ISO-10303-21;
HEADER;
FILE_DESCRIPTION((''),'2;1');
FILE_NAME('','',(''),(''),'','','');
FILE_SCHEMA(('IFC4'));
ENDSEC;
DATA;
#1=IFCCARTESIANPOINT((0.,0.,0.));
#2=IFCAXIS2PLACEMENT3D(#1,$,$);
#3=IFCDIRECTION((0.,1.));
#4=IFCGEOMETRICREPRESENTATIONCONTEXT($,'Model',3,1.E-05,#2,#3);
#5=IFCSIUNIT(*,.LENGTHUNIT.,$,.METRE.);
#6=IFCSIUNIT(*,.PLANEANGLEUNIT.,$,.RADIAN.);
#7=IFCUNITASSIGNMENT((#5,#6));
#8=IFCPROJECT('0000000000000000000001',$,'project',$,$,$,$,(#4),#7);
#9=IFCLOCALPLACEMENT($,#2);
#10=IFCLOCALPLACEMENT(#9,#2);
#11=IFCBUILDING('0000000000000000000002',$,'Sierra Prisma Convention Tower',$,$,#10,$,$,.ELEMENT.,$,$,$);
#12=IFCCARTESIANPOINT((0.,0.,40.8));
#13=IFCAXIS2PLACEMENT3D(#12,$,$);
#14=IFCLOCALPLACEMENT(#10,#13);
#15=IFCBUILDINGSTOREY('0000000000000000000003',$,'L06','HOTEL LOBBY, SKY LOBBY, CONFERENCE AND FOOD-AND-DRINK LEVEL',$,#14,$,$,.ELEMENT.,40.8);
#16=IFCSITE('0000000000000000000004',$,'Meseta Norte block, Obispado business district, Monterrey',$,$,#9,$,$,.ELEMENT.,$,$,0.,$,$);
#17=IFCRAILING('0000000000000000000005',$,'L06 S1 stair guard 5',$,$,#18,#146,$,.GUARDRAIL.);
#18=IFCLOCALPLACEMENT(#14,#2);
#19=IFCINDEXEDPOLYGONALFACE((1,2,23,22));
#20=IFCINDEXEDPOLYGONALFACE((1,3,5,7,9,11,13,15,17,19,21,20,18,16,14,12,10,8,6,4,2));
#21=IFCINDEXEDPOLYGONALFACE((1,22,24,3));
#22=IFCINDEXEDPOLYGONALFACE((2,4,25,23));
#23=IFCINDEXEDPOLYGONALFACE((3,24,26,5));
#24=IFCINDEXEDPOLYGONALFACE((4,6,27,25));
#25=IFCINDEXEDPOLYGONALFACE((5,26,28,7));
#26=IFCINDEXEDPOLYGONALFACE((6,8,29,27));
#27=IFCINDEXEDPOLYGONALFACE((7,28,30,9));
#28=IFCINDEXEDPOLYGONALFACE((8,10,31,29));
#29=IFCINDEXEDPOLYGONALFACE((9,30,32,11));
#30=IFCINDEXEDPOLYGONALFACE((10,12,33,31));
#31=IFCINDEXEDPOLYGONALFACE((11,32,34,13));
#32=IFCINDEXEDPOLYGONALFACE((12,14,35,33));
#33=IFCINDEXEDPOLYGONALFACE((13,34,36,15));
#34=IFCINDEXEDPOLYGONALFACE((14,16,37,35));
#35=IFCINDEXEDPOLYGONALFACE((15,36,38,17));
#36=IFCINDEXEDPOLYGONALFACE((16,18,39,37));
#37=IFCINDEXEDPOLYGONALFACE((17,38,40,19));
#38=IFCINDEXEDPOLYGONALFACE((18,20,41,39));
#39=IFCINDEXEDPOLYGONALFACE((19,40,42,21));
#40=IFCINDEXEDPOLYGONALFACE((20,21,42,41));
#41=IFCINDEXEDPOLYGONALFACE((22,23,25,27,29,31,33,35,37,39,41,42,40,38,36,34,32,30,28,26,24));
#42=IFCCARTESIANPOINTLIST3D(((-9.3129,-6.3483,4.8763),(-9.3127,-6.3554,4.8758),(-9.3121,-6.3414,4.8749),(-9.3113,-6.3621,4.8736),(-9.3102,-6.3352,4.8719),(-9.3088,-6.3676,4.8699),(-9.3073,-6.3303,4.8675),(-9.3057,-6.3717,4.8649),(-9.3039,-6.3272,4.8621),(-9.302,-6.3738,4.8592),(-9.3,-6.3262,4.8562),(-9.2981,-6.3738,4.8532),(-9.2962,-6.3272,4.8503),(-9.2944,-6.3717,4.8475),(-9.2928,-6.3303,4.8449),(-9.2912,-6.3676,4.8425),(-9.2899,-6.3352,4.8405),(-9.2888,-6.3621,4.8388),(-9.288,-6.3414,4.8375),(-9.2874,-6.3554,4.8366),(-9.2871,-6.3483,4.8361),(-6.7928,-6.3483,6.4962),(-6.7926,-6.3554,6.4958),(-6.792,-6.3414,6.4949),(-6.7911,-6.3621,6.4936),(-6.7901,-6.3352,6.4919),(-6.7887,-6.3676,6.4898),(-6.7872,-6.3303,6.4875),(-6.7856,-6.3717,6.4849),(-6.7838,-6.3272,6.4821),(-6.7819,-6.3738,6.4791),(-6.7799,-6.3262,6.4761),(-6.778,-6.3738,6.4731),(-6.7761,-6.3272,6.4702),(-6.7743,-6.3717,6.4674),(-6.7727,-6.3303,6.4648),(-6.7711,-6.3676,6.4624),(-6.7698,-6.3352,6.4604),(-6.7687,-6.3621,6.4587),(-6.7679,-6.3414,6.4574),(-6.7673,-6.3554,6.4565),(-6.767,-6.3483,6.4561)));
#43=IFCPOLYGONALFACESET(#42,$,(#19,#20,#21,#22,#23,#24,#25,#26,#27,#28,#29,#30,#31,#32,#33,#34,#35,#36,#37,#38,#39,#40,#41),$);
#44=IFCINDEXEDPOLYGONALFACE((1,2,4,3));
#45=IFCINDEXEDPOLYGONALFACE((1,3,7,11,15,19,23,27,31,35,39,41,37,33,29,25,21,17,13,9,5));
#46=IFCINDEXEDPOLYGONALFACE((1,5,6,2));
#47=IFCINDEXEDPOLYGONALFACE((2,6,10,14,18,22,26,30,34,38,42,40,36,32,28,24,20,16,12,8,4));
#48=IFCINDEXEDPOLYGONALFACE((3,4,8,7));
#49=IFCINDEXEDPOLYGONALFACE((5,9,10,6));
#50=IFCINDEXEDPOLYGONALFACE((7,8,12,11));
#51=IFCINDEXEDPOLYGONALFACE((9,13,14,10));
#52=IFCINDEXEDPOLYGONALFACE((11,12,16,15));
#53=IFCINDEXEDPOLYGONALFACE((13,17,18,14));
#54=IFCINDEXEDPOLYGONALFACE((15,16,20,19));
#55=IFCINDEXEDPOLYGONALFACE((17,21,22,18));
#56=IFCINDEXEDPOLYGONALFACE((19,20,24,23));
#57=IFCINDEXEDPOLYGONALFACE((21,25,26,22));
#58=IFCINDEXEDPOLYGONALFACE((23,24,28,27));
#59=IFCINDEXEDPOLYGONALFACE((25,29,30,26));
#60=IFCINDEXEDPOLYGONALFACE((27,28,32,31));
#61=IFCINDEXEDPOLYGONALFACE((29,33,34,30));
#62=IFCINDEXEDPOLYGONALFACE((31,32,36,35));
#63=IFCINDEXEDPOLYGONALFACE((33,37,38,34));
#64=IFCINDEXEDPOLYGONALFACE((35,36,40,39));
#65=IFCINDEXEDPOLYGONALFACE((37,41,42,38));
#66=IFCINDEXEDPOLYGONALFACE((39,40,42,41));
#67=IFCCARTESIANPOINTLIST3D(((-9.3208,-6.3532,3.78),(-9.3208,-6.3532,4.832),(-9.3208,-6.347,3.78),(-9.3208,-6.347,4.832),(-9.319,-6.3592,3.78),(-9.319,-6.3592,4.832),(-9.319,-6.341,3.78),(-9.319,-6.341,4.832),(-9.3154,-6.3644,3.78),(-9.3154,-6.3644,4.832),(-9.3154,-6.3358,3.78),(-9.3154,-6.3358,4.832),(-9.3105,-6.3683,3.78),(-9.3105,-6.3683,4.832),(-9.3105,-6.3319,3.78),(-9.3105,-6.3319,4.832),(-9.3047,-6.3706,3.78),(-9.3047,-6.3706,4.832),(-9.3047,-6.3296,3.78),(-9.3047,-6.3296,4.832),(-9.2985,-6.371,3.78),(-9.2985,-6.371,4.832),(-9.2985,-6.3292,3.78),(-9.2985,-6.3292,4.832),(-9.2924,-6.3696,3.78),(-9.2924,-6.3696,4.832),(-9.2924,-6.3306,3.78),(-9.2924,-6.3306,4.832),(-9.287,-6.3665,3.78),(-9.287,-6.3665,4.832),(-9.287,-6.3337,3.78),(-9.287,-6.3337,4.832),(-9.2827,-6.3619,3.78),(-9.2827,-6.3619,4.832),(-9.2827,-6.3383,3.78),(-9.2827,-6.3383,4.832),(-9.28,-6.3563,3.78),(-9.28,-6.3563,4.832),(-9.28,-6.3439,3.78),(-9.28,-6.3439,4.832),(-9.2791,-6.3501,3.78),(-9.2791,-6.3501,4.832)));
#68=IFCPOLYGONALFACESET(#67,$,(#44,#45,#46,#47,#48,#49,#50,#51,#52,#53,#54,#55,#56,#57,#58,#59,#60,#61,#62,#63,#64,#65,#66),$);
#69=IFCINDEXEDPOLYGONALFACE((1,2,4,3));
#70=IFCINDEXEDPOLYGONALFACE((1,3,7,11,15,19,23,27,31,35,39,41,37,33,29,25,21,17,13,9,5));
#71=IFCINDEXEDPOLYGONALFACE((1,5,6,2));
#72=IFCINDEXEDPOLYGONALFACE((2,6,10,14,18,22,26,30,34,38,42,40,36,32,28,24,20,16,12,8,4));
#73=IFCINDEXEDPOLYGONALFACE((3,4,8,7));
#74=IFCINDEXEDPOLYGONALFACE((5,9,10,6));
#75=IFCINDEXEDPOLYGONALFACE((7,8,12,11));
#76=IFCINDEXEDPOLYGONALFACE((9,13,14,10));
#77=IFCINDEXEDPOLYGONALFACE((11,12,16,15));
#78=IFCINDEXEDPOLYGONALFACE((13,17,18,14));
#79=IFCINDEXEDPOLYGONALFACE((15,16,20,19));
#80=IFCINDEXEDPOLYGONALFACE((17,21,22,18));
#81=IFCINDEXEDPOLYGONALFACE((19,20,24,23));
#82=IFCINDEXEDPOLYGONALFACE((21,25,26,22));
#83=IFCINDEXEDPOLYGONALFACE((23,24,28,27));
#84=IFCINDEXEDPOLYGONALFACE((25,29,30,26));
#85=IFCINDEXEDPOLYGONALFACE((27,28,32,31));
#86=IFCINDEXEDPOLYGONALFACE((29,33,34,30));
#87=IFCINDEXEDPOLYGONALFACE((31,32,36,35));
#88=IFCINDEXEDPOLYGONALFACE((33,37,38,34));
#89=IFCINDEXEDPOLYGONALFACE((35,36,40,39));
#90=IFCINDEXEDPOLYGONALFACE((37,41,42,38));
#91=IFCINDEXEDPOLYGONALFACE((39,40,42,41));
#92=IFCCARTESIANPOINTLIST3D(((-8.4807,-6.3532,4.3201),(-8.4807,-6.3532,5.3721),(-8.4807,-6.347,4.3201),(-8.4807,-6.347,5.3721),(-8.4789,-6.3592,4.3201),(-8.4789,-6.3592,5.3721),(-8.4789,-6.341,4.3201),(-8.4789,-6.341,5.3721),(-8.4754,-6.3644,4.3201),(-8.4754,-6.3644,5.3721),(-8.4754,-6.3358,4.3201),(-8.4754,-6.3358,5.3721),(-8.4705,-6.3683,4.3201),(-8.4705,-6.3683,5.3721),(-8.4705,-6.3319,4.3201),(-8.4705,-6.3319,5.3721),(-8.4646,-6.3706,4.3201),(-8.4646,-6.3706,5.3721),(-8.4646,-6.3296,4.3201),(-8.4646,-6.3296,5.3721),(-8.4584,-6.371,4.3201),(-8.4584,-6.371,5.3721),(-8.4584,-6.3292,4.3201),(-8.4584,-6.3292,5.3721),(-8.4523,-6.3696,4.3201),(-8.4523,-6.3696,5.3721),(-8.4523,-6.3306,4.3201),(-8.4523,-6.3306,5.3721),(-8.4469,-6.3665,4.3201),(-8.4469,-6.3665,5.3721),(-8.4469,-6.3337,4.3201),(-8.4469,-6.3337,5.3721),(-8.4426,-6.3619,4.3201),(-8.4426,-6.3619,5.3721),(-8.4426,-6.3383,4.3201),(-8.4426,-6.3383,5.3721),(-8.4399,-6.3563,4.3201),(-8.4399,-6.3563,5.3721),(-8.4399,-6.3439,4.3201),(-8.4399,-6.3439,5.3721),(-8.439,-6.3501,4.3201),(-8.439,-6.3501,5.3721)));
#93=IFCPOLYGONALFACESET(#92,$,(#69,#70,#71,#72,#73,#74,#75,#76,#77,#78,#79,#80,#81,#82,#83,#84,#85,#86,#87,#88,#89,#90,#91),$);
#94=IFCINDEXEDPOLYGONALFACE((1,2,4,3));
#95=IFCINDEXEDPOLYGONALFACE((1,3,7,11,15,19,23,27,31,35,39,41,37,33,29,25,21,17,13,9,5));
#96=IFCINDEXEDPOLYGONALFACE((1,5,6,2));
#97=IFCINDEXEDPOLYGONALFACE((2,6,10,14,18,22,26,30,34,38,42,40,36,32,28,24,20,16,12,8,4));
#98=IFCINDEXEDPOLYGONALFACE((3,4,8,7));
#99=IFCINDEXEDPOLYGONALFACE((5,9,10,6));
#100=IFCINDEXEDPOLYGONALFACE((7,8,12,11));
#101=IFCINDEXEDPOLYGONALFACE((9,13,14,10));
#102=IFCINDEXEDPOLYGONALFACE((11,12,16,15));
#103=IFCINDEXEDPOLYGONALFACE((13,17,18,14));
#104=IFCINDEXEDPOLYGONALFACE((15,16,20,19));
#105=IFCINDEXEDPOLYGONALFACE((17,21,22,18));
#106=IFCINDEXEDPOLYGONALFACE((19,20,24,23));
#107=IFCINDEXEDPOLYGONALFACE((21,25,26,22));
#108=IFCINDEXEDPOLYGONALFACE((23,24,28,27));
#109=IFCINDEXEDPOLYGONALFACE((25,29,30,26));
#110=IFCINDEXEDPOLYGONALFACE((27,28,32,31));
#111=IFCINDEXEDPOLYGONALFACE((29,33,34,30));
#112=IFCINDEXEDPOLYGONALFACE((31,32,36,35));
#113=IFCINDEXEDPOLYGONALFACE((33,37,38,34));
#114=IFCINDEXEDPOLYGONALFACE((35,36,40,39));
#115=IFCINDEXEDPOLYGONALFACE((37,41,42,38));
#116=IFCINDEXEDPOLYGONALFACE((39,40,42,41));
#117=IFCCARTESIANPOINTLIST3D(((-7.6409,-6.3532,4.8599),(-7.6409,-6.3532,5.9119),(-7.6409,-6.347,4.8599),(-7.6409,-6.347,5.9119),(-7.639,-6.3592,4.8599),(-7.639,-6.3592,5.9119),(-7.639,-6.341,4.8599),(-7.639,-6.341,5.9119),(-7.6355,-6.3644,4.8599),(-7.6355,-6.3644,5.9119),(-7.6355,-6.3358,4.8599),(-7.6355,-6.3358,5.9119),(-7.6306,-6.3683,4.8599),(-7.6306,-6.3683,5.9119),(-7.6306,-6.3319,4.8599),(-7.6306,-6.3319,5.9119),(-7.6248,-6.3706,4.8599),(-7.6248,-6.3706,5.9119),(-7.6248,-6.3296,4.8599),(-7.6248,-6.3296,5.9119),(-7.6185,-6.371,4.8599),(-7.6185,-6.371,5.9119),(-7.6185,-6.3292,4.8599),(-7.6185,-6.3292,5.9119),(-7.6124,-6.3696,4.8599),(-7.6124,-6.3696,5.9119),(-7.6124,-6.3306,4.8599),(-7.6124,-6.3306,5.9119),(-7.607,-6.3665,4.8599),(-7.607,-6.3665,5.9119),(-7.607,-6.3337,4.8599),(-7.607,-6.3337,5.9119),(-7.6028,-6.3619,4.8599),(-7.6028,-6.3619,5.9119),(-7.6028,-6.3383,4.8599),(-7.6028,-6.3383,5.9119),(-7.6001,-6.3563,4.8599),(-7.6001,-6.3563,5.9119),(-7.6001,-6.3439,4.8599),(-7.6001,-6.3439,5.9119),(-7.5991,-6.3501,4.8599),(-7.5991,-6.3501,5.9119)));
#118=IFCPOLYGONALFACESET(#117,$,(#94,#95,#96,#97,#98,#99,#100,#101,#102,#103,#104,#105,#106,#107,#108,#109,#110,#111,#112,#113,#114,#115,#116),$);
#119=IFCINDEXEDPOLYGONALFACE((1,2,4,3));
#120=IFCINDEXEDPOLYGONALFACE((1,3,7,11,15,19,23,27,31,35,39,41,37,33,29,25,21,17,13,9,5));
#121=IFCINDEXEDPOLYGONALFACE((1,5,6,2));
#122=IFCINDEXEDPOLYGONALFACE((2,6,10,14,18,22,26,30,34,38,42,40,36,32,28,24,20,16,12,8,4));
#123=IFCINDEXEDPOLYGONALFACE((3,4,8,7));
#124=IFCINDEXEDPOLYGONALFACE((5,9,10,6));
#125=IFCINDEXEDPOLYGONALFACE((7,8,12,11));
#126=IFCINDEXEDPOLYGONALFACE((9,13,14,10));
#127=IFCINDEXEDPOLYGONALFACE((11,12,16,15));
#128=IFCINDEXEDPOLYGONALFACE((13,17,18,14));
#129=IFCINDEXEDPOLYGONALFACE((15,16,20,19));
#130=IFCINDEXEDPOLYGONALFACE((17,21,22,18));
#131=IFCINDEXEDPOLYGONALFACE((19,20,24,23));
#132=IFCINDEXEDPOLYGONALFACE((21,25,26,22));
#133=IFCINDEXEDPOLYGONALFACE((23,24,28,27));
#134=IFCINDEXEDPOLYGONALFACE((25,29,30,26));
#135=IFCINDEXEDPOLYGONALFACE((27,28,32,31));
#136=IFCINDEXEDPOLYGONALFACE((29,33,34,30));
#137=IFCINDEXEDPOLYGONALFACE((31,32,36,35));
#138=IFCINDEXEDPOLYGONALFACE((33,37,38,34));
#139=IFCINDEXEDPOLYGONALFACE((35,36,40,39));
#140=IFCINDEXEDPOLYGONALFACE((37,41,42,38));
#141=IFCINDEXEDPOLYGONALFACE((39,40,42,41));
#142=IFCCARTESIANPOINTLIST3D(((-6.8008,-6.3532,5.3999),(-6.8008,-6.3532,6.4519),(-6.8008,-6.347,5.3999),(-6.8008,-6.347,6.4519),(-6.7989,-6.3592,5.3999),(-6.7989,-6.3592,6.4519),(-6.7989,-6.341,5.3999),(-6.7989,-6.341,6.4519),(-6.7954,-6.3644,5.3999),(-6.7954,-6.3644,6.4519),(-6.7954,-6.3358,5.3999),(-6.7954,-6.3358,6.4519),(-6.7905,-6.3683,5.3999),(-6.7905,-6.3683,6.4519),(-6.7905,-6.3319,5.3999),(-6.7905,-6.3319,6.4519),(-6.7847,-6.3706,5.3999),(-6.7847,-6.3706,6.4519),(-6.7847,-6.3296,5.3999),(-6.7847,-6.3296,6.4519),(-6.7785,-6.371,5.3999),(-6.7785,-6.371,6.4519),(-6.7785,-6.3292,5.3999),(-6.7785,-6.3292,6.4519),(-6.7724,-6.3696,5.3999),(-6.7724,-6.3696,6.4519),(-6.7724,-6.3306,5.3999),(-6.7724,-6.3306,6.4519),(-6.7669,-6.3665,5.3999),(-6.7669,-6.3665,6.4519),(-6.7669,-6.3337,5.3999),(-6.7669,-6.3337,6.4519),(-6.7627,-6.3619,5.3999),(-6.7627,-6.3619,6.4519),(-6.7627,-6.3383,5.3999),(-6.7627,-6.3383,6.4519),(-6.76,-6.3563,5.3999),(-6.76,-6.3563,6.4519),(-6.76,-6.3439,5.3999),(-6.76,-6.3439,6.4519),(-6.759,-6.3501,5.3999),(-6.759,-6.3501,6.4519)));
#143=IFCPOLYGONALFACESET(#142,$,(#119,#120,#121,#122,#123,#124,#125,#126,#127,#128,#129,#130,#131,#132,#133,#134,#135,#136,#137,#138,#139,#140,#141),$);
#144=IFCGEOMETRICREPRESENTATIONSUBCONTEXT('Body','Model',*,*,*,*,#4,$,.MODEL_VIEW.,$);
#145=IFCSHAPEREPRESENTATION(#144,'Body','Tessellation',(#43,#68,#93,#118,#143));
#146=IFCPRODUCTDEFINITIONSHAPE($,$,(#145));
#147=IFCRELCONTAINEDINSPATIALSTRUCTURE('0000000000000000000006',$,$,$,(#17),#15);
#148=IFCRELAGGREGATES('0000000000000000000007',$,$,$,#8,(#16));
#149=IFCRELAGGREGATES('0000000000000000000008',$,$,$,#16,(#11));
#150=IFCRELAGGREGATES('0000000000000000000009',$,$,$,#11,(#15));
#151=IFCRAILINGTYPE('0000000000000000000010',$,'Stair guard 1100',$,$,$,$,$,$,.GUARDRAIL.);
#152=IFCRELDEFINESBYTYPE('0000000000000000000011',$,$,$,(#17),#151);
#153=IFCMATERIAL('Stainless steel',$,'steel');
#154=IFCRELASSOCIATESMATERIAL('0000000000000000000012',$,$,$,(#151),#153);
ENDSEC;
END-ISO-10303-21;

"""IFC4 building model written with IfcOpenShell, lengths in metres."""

from ifc_helpers import new_model, si_unit, direction, frame, origin, origin_2d, place, context, subcontext, project, spatial, circle, extrude, material, type_object, element, save


model = new_model("IFC4")

# Units and contexts
model_context = context("Model", 3, precision=1e-05, world=origin(), true_north=direction((0.0, 1.0)))
body_context = subcontext(model_context, "Body", "Model", "MODEL_VIEW")
ifc_project = project(units=[si_unit("LENGTHUNIT", "METRE"), si_unit("PLANEANGLEUNIT", "RADIAN")], contexts=[model_context])

# Site, building, storey
site_placement = place(None, origin())
site = spatial("IfcSite", under=ifc_project, at=site_placement, Name="Meseta Norte block, Obispado business district, Monterrey", CompositionType="ELEMENT", RefElevation=0.0)
building_placement = place(site_placement, origin())
building = spatial("IfcBuilding", under=site, at=building_placement, Name="Sierra Prisma Convention Tower", CompositionType="ELEMENT")
storey_placement = place(building_placement, frame((0.0, 0.0, 40.8)))
storey = spatial("IfcBuildingStorey", under=building, at=storey_placement, Name="L06", Description="HOTEL LOBBY, SKY LOBBY, CONFERENCE AND FOOD-AND-DRINK LEVEL", CompositionType="ELEMENT", Elevation=40.8)

# Railing
ifc_material_1 = material(Name="Stainless steel", Category="steel")
railing_type_1 = type_object("IfcRailingType", Name="Stair guard 1100", PredefinedType="GUARDRAIL", material=ifc_material_1)
railing_1_placement = place(storey_placement, frame((-9.3, -6.3501, 3.78)))
element("IfcRailing", 1, at=railing_1_placement, inside=storey, type_object=railing_type_1, Name="L06 S1 stair guard 5", PredefinedType="GUARDRAIL", context=body_context, shape_type="SweptSolid", body=[
    extrude(circle(Radius=0.0239, at=origin_2d()), frame((0.0, 0.0, 1.0762), z_axis=(0.8412, 0.0, 0.540725), x_axis=(0.0, 1.0, 0.0)), (0.0, 0.0, 1.0), 2.9958),
    extrude(circle(Radius=0.021, at=origin_2d()), origin(), (0.0, 0.0, 1.0), 1.052),
    extrude(circle(Radius=0.021, at=origin_2d()), frame((0.8401, 0.0, 0.54)), (0.0, 0.0, 1.0), 1.052),
    extrude(circle(Radius=0.021, at=origin_2d()), frame((1.6799, 0.0, 1.0798)), (0.0, 0.0, 1.0), 1.052),
    extrude(circle(Radius=0.021, at=origin_2d()), frame((2.52, 0.0, 1.6199)), (0.0, 0.0, 1.0), 1.052),
])

save(model, "model.ifc")
